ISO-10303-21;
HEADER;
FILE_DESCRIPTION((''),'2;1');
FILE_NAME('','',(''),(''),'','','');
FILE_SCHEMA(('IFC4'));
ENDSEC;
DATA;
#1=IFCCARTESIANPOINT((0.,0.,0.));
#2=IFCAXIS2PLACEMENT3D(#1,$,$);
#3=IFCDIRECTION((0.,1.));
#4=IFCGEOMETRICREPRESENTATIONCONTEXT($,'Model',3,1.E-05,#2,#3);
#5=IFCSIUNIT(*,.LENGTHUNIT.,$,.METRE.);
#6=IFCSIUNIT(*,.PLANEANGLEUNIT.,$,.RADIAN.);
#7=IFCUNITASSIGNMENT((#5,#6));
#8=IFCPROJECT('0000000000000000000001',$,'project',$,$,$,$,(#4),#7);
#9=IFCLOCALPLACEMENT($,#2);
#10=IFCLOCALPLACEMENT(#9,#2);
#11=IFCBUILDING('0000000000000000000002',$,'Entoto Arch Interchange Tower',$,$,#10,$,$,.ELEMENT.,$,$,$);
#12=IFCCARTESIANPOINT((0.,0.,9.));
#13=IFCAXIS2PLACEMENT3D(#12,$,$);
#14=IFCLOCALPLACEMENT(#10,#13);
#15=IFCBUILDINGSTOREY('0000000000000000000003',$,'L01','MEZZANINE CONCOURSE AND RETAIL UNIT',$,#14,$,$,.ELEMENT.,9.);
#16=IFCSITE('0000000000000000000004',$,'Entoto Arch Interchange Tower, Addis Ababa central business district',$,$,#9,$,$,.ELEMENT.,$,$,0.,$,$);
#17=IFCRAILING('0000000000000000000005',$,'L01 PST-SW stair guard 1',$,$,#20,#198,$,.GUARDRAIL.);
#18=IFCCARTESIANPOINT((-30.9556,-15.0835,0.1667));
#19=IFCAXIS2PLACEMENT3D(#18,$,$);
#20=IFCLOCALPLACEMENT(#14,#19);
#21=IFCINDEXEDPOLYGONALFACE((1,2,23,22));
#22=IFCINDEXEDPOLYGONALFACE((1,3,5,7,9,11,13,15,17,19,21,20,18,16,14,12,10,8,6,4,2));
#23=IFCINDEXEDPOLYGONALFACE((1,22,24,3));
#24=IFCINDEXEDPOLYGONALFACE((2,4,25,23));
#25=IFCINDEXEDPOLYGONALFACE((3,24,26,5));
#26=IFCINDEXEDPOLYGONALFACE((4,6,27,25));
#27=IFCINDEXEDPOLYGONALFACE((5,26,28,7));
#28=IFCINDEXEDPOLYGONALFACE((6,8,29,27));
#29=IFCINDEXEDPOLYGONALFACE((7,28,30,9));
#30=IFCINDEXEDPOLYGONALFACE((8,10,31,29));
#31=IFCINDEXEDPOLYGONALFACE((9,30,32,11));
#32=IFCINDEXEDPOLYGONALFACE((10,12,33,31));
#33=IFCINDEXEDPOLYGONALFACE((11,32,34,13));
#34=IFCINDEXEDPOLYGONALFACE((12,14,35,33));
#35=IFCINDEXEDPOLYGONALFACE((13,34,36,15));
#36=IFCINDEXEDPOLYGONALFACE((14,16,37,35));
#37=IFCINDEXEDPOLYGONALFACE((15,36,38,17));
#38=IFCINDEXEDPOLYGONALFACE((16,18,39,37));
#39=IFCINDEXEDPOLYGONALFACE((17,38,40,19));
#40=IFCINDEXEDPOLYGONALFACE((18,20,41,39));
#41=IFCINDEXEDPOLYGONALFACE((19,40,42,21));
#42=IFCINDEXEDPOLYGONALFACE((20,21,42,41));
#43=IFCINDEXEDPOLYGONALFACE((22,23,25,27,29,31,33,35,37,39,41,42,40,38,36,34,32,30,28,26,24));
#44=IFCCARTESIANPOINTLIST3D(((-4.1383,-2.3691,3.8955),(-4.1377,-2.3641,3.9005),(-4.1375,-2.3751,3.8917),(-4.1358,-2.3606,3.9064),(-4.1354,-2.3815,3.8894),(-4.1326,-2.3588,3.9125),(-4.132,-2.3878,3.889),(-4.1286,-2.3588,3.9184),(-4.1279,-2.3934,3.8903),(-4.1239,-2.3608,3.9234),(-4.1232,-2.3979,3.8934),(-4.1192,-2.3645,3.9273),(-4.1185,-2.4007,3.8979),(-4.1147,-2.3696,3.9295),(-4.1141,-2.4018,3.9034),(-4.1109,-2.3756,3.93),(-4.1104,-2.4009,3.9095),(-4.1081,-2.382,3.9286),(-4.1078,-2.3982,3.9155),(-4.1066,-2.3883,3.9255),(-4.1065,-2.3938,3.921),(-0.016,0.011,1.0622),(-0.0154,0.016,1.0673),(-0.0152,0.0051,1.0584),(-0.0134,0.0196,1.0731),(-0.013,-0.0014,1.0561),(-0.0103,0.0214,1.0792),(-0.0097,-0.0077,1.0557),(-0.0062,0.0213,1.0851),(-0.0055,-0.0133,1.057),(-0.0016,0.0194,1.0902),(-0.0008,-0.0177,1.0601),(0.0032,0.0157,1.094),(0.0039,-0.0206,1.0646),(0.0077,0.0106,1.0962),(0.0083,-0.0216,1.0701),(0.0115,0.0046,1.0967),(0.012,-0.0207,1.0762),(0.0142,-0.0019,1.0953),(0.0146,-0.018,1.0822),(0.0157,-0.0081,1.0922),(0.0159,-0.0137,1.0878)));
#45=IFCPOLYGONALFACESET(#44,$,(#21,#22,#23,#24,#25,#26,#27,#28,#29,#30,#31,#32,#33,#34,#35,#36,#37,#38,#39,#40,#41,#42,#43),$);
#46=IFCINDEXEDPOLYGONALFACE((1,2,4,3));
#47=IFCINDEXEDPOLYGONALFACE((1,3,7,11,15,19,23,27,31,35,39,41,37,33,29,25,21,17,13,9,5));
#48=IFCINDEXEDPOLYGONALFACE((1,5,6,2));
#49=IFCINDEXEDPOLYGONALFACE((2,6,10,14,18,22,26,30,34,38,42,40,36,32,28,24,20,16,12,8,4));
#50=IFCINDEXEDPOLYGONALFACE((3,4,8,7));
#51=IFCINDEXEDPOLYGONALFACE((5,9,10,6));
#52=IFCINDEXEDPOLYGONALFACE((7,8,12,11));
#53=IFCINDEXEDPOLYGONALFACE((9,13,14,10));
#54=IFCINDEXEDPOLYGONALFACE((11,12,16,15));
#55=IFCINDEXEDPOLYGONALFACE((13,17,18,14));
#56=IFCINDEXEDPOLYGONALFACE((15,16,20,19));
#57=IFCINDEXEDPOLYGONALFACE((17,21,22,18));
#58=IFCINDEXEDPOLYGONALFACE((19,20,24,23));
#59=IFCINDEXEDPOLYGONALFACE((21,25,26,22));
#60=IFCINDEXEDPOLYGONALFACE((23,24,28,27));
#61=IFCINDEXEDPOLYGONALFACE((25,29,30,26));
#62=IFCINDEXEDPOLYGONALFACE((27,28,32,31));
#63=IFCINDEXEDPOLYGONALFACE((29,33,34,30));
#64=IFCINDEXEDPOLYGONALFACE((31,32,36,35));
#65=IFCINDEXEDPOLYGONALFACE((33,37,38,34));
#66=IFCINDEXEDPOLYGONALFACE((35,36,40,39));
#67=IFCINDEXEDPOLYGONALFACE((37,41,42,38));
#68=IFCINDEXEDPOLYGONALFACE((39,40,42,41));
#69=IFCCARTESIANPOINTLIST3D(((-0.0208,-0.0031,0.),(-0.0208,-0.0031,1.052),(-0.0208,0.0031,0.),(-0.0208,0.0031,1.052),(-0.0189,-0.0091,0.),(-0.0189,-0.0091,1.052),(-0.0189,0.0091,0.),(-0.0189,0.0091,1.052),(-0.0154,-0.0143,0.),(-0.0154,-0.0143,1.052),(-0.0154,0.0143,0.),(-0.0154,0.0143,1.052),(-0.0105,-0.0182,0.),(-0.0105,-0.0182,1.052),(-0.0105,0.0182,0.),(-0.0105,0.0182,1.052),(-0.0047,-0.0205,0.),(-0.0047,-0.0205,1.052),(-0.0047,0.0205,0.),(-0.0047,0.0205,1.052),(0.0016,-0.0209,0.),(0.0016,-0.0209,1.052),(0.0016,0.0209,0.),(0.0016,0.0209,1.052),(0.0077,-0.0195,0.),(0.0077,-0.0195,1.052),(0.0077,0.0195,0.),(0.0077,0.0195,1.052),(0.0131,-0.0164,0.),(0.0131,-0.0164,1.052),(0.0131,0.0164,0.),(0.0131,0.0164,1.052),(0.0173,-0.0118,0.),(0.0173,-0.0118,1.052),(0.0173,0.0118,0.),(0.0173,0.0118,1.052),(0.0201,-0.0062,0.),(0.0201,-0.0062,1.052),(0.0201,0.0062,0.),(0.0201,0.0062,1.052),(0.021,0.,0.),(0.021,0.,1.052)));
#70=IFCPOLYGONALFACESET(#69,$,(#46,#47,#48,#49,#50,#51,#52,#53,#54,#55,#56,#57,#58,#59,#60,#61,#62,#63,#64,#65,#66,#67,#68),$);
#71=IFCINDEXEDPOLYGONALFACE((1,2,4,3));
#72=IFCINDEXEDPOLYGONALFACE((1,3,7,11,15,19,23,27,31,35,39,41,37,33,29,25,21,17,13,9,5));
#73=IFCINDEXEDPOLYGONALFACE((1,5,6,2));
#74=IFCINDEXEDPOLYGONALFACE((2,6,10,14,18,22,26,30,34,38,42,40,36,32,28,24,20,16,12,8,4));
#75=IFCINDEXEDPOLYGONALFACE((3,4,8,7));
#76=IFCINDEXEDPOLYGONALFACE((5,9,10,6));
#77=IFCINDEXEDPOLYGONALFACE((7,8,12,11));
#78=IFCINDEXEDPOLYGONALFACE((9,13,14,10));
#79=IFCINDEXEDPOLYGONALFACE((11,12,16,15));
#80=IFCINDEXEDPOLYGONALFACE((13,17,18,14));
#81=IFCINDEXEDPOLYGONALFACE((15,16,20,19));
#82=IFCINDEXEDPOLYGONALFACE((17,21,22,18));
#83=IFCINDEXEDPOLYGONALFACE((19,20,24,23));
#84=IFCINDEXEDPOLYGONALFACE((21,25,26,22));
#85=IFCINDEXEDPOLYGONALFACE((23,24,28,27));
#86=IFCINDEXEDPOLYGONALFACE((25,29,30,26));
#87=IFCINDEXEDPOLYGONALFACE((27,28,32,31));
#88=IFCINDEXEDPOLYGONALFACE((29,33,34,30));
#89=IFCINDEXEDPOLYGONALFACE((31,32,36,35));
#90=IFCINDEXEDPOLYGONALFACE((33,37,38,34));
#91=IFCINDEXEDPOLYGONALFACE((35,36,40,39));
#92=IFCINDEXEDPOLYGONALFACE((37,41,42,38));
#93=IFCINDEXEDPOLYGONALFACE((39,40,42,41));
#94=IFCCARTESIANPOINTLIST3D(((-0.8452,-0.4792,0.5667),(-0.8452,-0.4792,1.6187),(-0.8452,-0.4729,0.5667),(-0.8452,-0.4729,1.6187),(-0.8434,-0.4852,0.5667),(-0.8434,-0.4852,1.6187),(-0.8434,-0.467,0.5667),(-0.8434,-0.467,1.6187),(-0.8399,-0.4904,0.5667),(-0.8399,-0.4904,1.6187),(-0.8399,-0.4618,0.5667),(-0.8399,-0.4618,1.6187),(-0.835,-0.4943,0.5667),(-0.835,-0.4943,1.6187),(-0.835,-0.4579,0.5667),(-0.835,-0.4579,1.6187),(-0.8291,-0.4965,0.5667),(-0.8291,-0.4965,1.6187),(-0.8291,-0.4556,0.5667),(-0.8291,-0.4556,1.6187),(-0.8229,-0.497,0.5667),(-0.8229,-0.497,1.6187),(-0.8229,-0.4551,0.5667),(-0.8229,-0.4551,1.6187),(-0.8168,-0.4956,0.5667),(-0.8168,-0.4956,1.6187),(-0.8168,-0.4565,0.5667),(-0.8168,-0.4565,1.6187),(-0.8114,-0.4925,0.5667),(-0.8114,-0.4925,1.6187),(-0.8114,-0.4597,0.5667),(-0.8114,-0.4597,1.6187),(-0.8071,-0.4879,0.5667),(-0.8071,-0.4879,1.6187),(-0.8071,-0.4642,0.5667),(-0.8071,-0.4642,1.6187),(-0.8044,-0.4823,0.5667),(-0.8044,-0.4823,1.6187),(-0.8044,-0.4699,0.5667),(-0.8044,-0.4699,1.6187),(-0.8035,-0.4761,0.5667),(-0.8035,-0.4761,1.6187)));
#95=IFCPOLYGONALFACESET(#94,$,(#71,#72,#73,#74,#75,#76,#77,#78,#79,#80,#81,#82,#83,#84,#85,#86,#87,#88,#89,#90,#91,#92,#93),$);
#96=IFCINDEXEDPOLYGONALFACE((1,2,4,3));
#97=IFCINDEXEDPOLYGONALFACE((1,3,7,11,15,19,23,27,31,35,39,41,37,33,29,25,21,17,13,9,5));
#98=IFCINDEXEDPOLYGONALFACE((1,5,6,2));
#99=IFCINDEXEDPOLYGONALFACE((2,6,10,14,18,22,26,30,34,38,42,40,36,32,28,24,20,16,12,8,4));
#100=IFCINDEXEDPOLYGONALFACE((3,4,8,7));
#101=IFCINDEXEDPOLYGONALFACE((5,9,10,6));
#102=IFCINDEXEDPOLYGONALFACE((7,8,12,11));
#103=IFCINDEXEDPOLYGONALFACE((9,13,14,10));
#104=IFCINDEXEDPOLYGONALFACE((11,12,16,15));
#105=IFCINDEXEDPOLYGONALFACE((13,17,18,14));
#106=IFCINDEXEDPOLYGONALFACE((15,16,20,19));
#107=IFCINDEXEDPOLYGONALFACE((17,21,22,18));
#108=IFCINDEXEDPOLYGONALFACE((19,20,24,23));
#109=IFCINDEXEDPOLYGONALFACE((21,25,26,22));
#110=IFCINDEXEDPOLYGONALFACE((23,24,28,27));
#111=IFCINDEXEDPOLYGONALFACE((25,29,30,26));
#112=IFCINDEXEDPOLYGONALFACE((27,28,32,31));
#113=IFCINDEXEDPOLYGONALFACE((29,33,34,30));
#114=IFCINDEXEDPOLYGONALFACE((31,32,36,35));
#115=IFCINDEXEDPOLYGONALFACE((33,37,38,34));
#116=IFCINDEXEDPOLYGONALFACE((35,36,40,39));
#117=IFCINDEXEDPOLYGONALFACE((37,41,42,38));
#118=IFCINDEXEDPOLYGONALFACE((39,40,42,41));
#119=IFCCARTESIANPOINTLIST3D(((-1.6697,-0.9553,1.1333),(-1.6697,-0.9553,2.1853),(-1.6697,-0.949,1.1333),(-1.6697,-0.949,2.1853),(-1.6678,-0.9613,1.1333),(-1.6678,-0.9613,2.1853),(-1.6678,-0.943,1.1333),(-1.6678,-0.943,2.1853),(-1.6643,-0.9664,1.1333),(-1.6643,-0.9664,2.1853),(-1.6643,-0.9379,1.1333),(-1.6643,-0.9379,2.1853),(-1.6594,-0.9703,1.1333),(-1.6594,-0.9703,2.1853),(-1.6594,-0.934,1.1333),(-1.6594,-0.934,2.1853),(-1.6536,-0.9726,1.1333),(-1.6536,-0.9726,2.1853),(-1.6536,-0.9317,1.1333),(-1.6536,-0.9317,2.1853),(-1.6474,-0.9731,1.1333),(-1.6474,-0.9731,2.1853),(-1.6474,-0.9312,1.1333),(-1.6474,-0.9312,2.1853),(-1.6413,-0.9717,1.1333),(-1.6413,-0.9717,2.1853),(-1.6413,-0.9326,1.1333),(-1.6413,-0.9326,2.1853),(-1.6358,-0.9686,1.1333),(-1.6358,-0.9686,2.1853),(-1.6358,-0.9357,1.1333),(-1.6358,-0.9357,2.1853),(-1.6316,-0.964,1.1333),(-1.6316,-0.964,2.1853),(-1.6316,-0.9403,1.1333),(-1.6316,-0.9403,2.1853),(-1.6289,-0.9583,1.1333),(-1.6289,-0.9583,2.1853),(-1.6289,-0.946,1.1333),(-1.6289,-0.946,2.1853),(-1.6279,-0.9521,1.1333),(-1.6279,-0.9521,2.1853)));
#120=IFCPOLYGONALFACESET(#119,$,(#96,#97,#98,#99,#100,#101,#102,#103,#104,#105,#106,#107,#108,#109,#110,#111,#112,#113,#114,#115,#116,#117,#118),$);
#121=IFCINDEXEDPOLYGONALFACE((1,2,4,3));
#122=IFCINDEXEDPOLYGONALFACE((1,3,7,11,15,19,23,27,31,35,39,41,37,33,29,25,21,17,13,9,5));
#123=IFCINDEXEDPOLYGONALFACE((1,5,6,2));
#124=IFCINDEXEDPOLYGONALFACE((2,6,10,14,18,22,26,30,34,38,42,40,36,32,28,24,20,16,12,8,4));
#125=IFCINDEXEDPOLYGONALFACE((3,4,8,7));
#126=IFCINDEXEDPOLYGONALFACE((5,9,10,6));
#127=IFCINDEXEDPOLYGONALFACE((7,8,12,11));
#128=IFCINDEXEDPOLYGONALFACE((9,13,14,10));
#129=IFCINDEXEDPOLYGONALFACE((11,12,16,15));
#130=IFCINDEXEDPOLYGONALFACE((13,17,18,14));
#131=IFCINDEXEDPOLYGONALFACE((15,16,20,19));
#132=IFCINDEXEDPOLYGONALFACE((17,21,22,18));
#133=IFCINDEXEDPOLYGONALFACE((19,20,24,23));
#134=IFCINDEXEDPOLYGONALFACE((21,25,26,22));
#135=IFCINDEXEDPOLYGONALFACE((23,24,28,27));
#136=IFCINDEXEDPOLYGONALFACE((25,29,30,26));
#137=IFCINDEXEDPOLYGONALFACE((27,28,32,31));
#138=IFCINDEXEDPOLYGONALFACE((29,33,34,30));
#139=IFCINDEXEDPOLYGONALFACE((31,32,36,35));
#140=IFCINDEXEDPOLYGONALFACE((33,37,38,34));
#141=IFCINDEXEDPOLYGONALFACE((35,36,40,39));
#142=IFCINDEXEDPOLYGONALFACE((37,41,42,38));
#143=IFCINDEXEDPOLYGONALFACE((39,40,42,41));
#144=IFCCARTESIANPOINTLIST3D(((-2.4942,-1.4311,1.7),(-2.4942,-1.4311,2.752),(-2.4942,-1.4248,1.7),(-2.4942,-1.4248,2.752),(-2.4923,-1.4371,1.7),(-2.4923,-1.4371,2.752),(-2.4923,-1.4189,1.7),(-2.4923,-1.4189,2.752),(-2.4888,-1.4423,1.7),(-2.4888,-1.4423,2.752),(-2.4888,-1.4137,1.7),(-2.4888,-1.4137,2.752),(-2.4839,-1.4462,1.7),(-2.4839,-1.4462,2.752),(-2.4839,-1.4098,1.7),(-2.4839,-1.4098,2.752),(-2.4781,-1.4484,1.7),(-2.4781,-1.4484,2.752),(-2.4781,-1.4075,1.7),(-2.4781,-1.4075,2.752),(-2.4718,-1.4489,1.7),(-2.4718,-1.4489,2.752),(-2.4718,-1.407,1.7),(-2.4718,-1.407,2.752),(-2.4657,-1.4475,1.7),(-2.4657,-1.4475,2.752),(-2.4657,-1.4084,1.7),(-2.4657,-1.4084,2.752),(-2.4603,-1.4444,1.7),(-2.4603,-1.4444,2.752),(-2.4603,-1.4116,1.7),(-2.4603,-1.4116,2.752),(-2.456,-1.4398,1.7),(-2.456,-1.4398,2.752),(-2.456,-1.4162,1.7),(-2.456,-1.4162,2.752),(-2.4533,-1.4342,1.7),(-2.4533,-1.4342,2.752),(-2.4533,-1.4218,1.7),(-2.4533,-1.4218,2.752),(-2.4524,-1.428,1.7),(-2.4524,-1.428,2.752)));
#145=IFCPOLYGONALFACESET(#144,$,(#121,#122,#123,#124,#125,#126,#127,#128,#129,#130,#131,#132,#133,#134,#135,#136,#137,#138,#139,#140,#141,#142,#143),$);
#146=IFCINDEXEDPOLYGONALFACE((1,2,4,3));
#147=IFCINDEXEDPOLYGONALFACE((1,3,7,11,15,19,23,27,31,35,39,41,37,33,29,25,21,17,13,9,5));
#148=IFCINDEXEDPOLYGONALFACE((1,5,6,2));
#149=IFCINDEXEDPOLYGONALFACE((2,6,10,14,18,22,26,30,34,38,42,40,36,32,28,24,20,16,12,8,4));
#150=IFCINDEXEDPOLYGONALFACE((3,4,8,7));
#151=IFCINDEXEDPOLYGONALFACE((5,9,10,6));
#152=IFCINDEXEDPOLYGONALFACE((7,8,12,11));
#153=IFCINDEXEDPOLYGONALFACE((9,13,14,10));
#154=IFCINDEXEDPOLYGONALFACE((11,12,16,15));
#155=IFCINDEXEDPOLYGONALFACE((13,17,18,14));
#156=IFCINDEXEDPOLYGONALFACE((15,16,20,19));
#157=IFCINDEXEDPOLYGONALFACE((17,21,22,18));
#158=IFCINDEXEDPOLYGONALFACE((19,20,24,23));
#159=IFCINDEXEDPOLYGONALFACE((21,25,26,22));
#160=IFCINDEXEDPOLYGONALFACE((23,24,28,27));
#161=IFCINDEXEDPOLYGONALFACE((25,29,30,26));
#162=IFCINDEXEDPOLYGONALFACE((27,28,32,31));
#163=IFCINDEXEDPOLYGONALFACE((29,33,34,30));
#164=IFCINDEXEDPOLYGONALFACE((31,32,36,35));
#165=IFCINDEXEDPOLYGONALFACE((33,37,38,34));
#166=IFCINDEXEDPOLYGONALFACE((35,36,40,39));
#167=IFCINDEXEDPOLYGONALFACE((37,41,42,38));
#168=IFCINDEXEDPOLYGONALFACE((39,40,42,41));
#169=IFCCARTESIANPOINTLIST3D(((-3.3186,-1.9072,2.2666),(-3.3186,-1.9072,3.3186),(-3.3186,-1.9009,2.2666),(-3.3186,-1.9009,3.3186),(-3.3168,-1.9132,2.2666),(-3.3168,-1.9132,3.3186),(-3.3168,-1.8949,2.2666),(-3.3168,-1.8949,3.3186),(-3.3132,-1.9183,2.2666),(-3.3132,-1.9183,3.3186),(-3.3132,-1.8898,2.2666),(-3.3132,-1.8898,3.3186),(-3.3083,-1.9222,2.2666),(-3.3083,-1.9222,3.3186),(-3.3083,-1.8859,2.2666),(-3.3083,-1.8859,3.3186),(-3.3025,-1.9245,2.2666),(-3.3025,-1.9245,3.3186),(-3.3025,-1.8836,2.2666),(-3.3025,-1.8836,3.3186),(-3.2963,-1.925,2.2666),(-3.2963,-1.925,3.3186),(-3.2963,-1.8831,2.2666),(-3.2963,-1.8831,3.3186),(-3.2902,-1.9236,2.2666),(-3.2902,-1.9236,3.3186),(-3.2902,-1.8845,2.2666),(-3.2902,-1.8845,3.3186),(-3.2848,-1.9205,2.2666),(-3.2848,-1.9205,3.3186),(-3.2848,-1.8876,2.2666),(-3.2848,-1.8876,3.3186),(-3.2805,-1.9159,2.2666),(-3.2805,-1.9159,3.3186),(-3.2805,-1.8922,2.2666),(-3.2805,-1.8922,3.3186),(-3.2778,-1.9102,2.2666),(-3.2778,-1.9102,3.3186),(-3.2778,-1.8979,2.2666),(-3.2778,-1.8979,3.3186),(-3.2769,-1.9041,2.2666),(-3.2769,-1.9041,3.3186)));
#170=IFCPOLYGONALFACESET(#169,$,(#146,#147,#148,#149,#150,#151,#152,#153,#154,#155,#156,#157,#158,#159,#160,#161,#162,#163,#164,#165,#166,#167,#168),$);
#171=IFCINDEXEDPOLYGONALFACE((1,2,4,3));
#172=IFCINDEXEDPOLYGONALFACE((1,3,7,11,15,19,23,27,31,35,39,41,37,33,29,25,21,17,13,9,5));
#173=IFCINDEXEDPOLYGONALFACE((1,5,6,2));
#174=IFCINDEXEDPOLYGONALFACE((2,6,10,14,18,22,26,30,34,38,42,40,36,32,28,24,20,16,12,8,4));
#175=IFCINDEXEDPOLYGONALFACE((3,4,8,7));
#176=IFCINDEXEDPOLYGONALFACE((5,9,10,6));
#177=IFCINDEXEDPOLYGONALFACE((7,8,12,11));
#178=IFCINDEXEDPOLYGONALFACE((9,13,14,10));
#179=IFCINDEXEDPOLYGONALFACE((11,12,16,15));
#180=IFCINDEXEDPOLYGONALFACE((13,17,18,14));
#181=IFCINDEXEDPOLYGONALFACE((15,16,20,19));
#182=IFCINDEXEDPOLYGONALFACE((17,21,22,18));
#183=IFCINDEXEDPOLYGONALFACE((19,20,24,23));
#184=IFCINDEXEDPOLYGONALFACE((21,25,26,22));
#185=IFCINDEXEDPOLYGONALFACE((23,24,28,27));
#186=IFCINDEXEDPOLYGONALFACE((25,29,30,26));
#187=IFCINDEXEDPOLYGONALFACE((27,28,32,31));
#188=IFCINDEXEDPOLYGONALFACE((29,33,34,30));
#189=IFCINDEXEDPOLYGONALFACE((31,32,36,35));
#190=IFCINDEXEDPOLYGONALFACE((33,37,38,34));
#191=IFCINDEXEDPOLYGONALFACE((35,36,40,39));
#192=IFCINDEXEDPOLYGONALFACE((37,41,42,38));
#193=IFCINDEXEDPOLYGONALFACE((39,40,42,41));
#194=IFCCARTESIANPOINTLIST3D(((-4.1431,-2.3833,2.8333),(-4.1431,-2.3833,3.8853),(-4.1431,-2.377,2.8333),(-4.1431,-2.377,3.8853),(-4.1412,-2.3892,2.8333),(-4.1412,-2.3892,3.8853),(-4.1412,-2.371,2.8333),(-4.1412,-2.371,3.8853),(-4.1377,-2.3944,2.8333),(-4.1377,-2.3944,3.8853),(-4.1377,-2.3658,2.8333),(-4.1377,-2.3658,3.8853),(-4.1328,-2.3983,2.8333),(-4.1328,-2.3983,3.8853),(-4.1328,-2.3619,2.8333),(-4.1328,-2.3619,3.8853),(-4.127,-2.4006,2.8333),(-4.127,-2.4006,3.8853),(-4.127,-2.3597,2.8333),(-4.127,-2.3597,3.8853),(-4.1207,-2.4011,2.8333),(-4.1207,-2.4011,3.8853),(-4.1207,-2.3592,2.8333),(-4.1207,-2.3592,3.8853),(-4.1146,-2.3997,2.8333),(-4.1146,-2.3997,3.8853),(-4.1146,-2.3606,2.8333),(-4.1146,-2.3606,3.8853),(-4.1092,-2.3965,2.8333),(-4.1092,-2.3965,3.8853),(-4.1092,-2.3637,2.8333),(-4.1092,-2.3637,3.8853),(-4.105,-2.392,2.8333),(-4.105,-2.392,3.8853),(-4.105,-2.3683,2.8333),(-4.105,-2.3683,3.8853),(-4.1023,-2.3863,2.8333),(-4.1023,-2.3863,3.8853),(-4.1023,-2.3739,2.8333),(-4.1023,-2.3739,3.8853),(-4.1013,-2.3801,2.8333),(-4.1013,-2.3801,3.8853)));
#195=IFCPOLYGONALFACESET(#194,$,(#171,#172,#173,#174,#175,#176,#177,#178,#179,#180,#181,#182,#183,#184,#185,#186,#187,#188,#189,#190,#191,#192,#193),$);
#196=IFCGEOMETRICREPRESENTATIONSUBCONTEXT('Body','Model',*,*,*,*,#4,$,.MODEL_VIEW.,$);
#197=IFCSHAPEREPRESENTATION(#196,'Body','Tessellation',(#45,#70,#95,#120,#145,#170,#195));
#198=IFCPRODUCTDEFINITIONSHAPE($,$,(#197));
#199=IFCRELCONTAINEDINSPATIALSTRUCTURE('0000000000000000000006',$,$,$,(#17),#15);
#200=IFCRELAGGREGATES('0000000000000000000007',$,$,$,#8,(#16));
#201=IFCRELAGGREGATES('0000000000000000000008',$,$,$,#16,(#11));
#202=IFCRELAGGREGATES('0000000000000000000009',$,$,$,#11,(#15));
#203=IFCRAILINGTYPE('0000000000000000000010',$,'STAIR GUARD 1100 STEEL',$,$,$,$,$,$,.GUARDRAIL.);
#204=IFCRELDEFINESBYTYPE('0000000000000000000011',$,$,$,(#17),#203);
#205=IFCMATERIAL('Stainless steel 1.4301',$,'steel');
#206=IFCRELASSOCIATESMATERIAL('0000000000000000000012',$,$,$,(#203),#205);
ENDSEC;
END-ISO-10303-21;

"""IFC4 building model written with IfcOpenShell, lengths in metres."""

from ifc_helpers import new_model, si_unit, direction, frame, origin, origin_2d, place, context, subcontext, project, spatial, circle, extrude, material, type_object, element, save


model = new_model("IFC4")

# Units and contexts
model_context = context("Model", 3, precision=1e-05, world=origin(), true_north=direction((0.0, 1.0)))
body_context = subcontext(model_context, "Body", "Model", "MODEL_VIEW")
ifc_project = project(units=[si_unit("LENGTHUNIT", "METRE"), si_unit("PLANEANGLEUNIT", "RADIAN")], contexts=[model_context])

# Site, building, storey
site_placement = place(None, origin())
site = spatial("IfcSite", under=ifc_project, at=site_placement, Name="Entoto Arch Interchange Tower, Addis Ababa central business district", CompositionType="ELEMENT", RefElevation=0.0)
building_placement = place(site_placement, origin())
building = spatial("IfcBuilding", under=site, at=building_placement, Name="Entoto Arch Interchange Tower", CompositionType="ELEMENT")
storey_placement = place(building_placement, frame((0.0, 0.0, 9.0)))
storey = spatial("IfcBuildingStorey", under=building, at=storey_placement, Name="L01", Description="MEZZANINE CONCOURSE AND RETAIL UNIT", CompositionType="ELEMENT", Elevation=9.0)

# Railing
ifc_material_1 = material(Name="Stainless steel 1.4301", Category="steel")
railing_type_1 = type_object("IfcRailingType", Name="STAIR GUARD 1100 STEEL", PredefinedType="GUARDRAIL", material=ifc_material_1)
railing_1_placement = place(storey_placement, frame((-30.9556, -15.0835, 0.1667)))
element("IfcRailing", 1, at=railing_1_placement, inside=storey, type_object=railing_type_1, Name="L01 PST-SW stair guard 1", PredefinedType="GUARDRAIL", context=body_context, shape_type="SweptSolid", body=[
    extrude(circle(Radius=0.0239, at=origin_2d()), frame((0.0, 0.0, 1.0762), z_axis=(-0.74417, -0.429666, 0.511466), x_axis=(0.500017, -0.866016, 0.0)), (0.0, 0.0, 1.0), 5.5396),
    extrude(circle(Radius=0.021, at=origin_2d()), origin(), (0.0, 0.0, 1.0), 1.052),
    extrude(circle(Radius=0.021, at=origin_2d()), frame((-0.8245, -0.4761, 0.5667)), (0.0, 0.0, 1.0), 1.052),
    extrude(circle(Radius=0.021, at=origin_2d()), frame((-1.6489, -0.9521, 1.1333)), (0.0, 0.0, 1.0), 1.052),
    extrude(circle(Radius=0.021, at=origin_2d()), frame((-2.4734, -1.428, 1.7)), (0.0, 0.0, 1.0), 1.052),
    extrude(circle(Radius=0.021, at=origin_2d()), frame((-3.2979, -1.9041, 2.2666)), (0.0, 0.0, 1.0), 1.052),
    extrude(circle(Radius=0.021, at=origin_2d()), frame((-4.1223, -2.3801, 2.8333)), (0.0, 0.0, 1.0), 1.052),
])

save(model, "model.ifc")
